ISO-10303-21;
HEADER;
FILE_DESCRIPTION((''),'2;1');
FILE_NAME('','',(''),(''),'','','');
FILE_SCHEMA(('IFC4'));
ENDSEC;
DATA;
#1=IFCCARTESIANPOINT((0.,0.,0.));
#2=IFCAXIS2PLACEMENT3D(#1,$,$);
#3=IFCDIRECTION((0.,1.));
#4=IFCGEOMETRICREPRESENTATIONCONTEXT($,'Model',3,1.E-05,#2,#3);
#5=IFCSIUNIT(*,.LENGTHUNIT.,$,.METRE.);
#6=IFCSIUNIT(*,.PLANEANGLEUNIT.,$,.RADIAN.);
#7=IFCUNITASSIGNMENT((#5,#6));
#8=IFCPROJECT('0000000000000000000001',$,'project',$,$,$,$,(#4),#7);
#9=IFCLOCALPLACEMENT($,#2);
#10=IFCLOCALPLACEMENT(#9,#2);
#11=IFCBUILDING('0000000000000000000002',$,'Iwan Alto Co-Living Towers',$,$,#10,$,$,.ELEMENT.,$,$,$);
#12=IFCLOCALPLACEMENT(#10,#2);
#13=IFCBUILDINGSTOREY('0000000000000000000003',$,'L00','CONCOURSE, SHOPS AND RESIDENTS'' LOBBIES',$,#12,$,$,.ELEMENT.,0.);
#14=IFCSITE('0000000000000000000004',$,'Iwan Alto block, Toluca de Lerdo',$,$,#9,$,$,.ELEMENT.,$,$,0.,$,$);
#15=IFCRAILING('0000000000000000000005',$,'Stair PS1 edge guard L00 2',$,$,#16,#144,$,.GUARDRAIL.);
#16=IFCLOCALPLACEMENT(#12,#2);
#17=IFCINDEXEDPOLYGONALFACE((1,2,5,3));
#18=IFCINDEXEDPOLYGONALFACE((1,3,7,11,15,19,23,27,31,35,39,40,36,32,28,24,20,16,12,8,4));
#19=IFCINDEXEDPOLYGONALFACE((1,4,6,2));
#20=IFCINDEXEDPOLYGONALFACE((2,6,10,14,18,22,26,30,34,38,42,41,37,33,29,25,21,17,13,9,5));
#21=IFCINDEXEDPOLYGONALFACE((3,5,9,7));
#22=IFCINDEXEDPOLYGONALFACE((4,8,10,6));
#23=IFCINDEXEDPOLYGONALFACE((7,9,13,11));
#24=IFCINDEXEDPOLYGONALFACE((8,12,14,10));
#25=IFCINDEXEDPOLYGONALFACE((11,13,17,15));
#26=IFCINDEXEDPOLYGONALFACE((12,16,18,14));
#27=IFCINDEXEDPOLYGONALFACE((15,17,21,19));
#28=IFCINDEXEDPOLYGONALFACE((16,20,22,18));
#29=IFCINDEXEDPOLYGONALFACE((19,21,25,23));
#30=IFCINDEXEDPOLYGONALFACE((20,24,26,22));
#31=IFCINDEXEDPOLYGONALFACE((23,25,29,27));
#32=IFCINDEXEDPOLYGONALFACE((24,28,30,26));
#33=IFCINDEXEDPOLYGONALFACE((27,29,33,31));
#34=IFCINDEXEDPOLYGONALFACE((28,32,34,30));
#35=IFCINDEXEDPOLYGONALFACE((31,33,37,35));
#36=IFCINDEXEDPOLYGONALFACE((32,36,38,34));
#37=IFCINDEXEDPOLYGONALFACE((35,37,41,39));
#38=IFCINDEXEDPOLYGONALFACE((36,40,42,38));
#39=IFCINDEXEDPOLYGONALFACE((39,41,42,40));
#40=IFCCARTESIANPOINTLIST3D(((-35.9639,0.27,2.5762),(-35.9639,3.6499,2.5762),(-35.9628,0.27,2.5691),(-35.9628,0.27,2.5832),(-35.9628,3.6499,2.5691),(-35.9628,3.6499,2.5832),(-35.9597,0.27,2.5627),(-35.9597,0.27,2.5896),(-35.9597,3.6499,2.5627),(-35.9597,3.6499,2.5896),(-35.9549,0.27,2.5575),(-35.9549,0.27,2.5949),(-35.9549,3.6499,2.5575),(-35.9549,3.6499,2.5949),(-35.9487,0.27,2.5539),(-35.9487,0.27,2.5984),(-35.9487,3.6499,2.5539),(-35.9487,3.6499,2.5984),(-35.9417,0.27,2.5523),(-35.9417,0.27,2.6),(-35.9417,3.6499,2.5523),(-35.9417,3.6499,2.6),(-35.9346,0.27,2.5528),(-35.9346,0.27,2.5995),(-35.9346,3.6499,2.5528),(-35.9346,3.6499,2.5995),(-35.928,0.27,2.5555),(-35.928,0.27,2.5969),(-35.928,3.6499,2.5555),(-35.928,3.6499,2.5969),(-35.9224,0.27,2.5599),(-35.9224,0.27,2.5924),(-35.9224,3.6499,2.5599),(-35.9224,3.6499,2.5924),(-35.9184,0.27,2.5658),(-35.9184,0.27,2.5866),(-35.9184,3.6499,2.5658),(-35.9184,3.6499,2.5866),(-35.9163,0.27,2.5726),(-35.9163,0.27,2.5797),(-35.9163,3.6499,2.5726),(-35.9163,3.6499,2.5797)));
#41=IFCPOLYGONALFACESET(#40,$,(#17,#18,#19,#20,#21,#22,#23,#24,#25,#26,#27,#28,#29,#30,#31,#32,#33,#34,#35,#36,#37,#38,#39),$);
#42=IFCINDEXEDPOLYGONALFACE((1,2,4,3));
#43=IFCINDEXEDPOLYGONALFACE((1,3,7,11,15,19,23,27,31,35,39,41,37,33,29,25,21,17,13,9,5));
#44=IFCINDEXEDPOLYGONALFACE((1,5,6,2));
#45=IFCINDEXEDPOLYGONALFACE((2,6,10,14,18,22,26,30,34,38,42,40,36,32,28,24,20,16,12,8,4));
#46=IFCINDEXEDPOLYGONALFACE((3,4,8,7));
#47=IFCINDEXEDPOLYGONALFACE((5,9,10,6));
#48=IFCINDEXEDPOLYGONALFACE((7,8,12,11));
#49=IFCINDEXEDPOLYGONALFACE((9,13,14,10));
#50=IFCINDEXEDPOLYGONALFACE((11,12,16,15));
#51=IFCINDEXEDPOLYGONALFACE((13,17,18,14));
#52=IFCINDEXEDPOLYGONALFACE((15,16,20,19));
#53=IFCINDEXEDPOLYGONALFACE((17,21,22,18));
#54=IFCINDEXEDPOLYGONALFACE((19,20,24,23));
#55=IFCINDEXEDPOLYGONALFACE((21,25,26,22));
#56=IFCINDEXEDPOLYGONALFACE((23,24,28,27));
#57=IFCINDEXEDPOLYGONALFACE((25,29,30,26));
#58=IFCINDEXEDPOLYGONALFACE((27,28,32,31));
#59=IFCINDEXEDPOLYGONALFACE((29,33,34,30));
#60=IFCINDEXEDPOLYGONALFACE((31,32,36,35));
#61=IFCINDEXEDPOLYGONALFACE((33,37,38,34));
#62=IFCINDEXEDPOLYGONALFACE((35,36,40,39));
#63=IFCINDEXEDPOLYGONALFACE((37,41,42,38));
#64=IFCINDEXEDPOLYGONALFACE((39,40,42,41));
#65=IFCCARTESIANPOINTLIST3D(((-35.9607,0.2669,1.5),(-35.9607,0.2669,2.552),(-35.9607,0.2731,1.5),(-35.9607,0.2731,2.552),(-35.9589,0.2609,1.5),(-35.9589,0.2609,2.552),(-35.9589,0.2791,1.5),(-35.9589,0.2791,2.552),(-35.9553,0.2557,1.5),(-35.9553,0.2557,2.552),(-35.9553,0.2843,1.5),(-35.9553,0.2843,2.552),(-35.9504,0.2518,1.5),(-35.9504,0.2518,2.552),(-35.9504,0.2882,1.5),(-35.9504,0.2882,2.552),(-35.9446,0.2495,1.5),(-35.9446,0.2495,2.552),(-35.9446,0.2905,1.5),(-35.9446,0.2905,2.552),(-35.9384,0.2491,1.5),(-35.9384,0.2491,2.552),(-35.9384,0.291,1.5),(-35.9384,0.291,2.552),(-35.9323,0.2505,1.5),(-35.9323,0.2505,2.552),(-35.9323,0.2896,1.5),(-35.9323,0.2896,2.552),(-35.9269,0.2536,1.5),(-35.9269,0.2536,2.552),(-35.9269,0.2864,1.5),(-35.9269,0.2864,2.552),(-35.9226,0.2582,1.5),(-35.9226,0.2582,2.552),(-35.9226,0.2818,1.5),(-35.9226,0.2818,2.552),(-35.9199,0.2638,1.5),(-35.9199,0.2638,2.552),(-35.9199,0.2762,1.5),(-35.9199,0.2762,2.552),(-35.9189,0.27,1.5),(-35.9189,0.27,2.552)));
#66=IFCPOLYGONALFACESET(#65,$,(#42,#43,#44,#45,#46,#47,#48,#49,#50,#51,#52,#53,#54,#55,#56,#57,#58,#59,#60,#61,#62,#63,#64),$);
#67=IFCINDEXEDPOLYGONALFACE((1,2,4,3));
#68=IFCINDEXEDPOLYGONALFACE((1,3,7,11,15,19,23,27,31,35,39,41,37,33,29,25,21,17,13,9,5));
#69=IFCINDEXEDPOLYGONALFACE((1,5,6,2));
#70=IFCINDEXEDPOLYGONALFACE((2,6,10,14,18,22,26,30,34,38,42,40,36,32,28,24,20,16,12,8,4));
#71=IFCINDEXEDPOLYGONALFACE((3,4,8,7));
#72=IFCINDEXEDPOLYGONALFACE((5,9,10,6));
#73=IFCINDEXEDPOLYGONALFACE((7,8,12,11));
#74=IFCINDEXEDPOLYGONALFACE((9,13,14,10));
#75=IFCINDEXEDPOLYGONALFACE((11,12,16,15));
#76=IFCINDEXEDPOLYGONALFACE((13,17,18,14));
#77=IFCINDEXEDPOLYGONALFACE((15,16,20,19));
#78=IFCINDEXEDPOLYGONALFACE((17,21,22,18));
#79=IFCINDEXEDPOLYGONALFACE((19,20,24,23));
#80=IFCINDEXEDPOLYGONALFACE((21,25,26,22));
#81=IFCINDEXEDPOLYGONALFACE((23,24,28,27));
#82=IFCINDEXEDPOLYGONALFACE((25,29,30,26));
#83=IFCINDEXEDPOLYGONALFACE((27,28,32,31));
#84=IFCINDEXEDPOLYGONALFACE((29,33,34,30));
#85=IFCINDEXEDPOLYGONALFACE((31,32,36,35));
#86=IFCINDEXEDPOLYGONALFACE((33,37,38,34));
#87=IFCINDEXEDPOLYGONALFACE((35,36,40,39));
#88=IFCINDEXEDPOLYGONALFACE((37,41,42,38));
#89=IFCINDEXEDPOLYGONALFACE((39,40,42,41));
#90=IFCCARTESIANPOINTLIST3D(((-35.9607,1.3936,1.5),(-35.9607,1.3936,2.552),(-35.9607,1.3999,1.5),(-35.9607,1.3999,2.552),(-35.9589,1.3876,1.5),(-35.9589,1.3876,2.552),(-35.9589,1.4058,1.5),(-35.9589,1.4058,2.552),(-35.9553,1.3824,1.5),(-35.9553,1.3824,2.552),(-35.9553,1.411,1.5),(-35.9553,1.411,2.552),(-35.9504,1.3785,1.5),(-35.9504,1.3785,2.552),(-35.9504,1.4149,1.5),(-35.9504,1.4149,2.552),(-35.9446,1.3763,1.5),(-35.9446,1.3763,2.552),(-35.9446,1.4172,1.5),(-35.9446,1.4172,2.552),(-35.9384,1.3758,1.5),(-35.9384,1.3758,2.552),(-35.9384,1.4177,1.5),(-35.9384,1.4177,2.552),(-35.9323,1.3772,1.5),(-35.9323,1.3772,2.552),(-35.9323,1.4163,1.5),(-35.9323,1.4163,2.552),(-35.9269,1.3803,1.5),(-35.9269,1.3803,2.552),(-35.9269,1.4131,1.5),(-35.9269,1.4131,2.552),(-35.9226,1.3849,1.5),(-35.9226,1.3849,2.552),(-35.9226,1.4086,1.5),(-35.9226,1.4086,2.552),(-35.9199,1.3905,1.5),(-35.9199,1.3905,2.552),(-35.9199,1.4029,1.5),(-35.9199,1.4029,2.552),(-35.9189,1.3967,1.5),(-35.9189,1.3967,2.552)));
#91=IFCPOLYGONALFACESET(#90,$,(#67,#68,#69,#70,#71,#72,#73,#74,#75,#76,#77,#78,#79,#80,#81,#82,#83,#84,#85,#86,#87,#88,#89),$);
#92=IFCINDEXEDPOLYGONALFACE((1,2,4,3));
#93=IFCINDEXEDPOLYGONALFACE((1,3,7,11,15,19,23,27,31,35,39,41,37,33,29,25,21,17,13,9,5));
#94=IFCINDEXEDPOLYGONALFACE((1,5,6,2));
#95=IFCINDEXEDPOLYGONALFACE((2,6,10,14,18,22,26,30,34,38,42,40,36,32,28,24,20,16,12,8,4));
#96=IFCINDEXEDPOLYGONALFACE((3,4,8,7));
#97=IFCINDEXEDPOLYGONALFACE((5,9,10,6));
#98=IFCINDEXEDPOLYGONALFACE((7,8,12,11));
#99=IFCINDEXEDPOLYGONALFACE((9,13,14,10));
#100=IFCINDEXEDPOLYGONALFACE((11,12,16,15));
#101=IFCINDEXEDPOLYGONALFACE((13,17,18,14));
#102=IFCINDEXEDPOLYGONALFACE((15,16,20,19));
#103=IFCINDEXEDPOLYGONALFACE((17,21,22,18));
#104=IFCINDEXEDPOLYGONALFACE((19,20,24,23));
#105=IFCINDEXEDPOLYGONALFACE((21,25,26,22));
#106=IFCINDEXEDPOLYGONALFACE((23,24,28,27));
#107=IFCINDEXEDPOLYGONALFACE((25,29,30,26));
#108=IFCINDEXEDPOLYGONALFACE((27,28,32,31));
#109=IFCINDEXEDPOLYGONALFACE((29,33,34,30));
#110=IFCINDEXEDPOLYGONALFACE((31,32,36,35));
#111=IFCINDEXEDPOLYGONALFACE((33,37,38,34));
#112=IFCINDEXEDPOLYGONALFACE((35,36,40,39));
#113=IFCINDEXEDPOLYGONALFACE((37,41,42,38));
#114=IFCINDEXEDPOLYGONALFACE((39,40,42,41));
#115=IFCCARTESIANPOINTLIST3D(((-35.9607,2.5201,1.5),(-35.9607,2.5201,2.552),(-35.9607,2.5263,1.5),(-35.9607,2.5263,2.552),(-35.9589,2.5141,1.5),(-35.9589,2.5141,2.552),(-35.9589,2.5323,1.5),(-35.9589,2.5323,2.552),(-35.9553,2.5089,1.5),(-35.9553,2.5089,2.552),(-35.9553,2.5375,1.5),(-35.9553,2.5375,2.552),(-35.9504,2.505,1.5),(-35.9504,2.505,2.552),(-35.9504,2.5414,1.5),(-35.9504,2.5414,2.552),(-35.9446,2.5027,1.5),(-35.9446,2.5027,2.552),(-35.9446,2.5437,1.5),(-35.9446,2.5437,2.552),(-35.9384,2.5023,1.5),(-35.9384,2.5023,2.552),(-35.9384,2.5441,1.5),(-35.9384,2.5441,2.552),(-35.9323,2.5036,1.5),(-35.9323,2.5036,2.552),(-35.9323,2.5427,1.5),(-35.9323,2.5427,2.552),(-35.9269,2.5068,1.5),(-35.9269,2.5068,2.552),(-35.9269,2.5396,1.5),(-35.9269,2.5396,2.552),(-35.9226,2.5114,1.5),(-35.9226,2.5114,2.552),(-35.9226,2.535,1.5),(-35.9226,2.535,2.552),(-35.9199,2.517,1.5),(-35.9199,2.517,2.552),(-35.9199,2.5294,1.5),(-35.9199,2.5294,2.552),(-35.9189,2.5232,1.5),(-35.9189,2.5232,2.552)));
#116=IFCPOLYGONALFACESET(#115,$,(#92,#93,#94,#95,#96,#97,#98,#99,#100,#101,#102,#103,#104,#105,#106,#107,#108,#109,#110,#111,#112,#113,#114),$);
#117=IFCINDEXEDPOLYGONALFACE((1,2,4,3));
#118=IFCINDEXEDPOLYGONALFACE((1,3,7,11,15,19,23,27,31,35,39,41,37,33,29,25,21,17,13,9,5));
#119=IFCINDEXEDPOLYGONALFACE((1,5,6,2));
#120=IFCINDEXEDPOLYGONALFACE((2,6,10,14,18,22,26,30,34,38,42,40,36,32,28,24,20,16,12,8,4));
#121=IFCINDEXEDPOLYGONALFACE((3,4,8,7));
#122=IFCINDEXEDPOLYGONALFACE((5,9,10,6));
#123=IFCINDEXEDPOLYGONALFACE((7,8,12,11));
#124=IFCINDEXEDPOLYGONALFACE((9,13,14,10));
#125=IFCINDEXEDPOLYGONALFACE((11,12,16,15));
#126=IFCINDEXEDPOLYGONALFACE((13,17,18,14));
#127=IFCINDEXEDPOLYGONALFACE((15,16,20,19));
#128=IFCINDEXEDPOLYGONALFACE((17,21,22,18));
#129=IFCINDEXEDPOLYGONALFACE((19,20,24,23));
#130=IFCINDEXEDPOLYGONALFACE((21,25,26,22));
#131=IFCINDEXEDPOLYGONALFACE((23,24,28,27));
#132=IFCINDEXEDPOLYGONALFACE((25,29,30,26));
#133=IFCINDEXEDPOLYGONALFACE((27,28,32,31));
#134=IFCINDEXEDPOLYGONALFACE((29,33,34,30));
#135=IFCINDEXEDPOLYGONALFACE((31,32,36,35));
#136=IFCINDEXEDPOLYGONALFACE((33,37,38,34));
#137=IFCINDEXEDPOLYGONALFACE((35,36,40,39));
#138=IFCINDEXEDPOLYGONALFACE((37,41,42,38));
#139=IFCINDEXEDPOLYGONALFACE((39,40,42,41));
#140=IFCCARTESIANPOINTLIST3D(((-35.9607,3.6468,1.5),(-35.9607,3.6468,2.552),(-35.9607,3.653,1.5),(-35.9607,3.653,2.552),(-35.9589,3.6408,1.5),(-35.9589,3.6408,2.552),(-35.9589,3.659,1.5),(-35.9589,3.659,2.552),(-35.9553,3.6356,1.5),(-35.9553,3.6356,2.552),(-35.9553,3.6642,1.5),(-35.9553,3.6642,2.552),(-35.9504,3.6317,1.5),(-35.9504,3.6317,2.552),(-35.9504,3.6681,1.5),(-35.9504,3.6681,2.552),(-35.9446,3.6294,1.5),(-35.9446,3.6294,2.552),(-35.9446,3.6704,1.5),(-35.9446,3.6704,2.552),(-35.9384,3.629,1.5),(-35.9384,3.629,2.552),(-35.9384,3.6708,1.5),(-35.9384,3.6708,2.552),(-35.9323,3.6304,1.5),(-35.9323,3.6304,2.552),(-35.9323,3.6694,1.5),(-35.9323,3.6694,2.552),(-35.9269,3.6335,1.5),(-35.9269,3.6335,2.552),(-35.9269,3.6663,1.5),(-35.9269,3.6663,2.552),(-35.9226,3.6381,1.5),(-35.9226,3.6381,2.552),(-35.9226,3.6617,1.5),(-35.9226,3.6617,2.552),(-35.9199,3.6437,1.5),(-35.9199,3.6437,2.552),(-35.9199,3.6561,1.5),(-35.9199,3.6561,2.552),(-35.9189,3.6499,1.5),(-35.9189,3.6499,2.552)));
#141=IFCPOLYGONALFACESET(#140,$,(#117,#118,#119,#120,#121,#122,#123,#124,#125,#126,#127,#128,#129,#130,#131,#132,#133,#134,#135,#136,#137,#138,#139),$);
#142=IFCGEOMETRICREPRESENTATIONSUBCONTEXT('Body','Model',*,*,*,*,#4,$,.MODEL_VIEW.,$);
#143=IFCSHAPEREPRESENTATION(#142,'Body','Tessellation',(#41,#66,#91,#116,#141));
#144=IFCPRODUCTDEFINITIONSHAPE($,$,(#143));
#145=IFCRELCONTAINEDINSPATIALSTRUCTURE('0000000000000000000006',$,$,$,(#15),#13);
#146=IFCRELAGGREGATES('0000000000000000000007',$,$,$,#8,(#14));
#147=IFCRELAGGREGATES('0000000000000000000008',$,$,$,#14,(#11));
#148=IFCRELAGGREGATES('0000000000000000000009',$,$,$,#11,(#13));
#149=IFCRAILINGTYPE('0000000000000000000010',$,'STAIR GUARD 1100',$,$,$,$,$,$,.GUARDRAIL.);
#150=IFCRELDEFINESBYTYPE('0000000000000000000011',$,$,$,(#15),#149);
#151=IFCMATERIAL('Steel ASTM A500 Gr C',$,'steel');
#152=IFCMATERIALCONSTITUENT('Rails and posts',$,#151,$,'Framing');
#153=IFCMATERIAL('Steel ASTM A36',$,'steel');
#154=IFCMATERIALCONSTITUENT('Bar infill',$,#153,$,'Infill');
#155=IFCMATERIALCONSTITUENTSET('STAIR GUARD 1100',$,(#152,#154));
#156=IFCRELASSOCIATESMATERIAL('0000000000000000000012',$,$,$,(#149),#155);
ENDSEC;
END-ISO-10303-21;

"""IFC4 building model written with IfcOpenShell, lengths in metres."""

from ifc_helpers import new_model, si_unit, direction, frame, origin, origin_2d, place, context, subcontext, project, spatial, circle, extrude, material, constituent, constituent_set, type_object, element, save


model = new_model("IFC4")

# Units and contexts
model_context = context("Model", 3, precision=1e-05, world=origin(), true_north=direction((0.0, 1.0)))
body_context = subcontext(model_context, "Body", "Model", "MODEL_VIEW")
ifc_project = project(units=[si_unit("LENGTHUNIT", "METRE"), si_unit("PLANEANGLEUNIT", "RADIAN")], contexts=[model_context])

# Site, building, storey
site_placement = place(None, origin())
site = spatial("IfcSite", under=ifc_project, at=site_placement, Name="Iwan Alto block, Toluca de Lerdo", CompositionType="ELEMENT", RefElevation=0.0)
building_placement = place(site_placement, origin())
building = spatial("IfcBuilding", under=site, at=building_placement, Name="Iwan Alto Co-Living Towers", CompositionType="ELEMENT")
storey_placement = place(building_placement, origin())
storey = spatial("IfcBuildingStorey", under=building, at=storey_placement, Name="L00", Description="CONCOURSE, SHOPS AND RESIDENTS' LOBBIES", CompositionType="ELEMENT", Elevation=0.0)

# Shared definitions
ifc_material_1 = material(Name="Steel ASTM A36", Category="steel")

# Railing
ifc_material_2 = material(Name="Steel ASTM A500 Gr C", Category="steel")
ifc_constituent_1 = constituent(ifc_material_2, Name="Rails and posts", Category="Framing")
ifc_constituent_2 = constituent(ifc_material_1, Name="Bar infill", Category="Infill")
ifc_constituent_set_1 = constituent_set(constituents=[ifc_constituent_1, ifc_constituent_2], Name="STAIR GUARD 1100")
railing_type_1 = type_object("IfcRailingType", Name="STAIR GUARD 1100", PredefinedType="GUARDRAIL", material=ifc_constituent_set_1)
for number, where, name in (
    (1, (-35.9399, 0.27, 1.5), "Stair PS1 edge guard L00 2"),
):
    element("IfcRailing", number, at=place(storey_placement, frame(where)), inside=storey, type_object=railing_type_1, Name=name, PredefinedType="GUARDRAIL", context=body_context, shape_type="SweptSolid", body=[
        extrude(circle(Radius=0.0239, at=origin_2d()), frame((0.0, 0.0, 1.0762), z_axis=(0.0, 1.0, 0.0), x_axis=(-1.0, 0.0, 0.0)), (0.0, 0.0, 1.0), 3.3799),
        extrude(circle(Radius=0.021, at=origin_2d()), origin(), (0.0, 0.0, 1.0), 1.052),
        extrude(circle(Radius=0.021, at=origin_2d()), frame((0.0, 1.1267, 0.0)), (0.0, 0.0, 1.0), 1.052),
        extrude(circle(Radius=0.021, at=origin_2d()), frame((0.0, 2.2532, 0.0)), (0.0, 0.0, 1.0), 1.052),
        extrude(circle(Radius=0.021, at=origin_2d()), frame((0.0, 3.3799, 0.0)), (0.0, 0.0, 1.0), 1.052),
    ])

save(model, "model.ifc")
